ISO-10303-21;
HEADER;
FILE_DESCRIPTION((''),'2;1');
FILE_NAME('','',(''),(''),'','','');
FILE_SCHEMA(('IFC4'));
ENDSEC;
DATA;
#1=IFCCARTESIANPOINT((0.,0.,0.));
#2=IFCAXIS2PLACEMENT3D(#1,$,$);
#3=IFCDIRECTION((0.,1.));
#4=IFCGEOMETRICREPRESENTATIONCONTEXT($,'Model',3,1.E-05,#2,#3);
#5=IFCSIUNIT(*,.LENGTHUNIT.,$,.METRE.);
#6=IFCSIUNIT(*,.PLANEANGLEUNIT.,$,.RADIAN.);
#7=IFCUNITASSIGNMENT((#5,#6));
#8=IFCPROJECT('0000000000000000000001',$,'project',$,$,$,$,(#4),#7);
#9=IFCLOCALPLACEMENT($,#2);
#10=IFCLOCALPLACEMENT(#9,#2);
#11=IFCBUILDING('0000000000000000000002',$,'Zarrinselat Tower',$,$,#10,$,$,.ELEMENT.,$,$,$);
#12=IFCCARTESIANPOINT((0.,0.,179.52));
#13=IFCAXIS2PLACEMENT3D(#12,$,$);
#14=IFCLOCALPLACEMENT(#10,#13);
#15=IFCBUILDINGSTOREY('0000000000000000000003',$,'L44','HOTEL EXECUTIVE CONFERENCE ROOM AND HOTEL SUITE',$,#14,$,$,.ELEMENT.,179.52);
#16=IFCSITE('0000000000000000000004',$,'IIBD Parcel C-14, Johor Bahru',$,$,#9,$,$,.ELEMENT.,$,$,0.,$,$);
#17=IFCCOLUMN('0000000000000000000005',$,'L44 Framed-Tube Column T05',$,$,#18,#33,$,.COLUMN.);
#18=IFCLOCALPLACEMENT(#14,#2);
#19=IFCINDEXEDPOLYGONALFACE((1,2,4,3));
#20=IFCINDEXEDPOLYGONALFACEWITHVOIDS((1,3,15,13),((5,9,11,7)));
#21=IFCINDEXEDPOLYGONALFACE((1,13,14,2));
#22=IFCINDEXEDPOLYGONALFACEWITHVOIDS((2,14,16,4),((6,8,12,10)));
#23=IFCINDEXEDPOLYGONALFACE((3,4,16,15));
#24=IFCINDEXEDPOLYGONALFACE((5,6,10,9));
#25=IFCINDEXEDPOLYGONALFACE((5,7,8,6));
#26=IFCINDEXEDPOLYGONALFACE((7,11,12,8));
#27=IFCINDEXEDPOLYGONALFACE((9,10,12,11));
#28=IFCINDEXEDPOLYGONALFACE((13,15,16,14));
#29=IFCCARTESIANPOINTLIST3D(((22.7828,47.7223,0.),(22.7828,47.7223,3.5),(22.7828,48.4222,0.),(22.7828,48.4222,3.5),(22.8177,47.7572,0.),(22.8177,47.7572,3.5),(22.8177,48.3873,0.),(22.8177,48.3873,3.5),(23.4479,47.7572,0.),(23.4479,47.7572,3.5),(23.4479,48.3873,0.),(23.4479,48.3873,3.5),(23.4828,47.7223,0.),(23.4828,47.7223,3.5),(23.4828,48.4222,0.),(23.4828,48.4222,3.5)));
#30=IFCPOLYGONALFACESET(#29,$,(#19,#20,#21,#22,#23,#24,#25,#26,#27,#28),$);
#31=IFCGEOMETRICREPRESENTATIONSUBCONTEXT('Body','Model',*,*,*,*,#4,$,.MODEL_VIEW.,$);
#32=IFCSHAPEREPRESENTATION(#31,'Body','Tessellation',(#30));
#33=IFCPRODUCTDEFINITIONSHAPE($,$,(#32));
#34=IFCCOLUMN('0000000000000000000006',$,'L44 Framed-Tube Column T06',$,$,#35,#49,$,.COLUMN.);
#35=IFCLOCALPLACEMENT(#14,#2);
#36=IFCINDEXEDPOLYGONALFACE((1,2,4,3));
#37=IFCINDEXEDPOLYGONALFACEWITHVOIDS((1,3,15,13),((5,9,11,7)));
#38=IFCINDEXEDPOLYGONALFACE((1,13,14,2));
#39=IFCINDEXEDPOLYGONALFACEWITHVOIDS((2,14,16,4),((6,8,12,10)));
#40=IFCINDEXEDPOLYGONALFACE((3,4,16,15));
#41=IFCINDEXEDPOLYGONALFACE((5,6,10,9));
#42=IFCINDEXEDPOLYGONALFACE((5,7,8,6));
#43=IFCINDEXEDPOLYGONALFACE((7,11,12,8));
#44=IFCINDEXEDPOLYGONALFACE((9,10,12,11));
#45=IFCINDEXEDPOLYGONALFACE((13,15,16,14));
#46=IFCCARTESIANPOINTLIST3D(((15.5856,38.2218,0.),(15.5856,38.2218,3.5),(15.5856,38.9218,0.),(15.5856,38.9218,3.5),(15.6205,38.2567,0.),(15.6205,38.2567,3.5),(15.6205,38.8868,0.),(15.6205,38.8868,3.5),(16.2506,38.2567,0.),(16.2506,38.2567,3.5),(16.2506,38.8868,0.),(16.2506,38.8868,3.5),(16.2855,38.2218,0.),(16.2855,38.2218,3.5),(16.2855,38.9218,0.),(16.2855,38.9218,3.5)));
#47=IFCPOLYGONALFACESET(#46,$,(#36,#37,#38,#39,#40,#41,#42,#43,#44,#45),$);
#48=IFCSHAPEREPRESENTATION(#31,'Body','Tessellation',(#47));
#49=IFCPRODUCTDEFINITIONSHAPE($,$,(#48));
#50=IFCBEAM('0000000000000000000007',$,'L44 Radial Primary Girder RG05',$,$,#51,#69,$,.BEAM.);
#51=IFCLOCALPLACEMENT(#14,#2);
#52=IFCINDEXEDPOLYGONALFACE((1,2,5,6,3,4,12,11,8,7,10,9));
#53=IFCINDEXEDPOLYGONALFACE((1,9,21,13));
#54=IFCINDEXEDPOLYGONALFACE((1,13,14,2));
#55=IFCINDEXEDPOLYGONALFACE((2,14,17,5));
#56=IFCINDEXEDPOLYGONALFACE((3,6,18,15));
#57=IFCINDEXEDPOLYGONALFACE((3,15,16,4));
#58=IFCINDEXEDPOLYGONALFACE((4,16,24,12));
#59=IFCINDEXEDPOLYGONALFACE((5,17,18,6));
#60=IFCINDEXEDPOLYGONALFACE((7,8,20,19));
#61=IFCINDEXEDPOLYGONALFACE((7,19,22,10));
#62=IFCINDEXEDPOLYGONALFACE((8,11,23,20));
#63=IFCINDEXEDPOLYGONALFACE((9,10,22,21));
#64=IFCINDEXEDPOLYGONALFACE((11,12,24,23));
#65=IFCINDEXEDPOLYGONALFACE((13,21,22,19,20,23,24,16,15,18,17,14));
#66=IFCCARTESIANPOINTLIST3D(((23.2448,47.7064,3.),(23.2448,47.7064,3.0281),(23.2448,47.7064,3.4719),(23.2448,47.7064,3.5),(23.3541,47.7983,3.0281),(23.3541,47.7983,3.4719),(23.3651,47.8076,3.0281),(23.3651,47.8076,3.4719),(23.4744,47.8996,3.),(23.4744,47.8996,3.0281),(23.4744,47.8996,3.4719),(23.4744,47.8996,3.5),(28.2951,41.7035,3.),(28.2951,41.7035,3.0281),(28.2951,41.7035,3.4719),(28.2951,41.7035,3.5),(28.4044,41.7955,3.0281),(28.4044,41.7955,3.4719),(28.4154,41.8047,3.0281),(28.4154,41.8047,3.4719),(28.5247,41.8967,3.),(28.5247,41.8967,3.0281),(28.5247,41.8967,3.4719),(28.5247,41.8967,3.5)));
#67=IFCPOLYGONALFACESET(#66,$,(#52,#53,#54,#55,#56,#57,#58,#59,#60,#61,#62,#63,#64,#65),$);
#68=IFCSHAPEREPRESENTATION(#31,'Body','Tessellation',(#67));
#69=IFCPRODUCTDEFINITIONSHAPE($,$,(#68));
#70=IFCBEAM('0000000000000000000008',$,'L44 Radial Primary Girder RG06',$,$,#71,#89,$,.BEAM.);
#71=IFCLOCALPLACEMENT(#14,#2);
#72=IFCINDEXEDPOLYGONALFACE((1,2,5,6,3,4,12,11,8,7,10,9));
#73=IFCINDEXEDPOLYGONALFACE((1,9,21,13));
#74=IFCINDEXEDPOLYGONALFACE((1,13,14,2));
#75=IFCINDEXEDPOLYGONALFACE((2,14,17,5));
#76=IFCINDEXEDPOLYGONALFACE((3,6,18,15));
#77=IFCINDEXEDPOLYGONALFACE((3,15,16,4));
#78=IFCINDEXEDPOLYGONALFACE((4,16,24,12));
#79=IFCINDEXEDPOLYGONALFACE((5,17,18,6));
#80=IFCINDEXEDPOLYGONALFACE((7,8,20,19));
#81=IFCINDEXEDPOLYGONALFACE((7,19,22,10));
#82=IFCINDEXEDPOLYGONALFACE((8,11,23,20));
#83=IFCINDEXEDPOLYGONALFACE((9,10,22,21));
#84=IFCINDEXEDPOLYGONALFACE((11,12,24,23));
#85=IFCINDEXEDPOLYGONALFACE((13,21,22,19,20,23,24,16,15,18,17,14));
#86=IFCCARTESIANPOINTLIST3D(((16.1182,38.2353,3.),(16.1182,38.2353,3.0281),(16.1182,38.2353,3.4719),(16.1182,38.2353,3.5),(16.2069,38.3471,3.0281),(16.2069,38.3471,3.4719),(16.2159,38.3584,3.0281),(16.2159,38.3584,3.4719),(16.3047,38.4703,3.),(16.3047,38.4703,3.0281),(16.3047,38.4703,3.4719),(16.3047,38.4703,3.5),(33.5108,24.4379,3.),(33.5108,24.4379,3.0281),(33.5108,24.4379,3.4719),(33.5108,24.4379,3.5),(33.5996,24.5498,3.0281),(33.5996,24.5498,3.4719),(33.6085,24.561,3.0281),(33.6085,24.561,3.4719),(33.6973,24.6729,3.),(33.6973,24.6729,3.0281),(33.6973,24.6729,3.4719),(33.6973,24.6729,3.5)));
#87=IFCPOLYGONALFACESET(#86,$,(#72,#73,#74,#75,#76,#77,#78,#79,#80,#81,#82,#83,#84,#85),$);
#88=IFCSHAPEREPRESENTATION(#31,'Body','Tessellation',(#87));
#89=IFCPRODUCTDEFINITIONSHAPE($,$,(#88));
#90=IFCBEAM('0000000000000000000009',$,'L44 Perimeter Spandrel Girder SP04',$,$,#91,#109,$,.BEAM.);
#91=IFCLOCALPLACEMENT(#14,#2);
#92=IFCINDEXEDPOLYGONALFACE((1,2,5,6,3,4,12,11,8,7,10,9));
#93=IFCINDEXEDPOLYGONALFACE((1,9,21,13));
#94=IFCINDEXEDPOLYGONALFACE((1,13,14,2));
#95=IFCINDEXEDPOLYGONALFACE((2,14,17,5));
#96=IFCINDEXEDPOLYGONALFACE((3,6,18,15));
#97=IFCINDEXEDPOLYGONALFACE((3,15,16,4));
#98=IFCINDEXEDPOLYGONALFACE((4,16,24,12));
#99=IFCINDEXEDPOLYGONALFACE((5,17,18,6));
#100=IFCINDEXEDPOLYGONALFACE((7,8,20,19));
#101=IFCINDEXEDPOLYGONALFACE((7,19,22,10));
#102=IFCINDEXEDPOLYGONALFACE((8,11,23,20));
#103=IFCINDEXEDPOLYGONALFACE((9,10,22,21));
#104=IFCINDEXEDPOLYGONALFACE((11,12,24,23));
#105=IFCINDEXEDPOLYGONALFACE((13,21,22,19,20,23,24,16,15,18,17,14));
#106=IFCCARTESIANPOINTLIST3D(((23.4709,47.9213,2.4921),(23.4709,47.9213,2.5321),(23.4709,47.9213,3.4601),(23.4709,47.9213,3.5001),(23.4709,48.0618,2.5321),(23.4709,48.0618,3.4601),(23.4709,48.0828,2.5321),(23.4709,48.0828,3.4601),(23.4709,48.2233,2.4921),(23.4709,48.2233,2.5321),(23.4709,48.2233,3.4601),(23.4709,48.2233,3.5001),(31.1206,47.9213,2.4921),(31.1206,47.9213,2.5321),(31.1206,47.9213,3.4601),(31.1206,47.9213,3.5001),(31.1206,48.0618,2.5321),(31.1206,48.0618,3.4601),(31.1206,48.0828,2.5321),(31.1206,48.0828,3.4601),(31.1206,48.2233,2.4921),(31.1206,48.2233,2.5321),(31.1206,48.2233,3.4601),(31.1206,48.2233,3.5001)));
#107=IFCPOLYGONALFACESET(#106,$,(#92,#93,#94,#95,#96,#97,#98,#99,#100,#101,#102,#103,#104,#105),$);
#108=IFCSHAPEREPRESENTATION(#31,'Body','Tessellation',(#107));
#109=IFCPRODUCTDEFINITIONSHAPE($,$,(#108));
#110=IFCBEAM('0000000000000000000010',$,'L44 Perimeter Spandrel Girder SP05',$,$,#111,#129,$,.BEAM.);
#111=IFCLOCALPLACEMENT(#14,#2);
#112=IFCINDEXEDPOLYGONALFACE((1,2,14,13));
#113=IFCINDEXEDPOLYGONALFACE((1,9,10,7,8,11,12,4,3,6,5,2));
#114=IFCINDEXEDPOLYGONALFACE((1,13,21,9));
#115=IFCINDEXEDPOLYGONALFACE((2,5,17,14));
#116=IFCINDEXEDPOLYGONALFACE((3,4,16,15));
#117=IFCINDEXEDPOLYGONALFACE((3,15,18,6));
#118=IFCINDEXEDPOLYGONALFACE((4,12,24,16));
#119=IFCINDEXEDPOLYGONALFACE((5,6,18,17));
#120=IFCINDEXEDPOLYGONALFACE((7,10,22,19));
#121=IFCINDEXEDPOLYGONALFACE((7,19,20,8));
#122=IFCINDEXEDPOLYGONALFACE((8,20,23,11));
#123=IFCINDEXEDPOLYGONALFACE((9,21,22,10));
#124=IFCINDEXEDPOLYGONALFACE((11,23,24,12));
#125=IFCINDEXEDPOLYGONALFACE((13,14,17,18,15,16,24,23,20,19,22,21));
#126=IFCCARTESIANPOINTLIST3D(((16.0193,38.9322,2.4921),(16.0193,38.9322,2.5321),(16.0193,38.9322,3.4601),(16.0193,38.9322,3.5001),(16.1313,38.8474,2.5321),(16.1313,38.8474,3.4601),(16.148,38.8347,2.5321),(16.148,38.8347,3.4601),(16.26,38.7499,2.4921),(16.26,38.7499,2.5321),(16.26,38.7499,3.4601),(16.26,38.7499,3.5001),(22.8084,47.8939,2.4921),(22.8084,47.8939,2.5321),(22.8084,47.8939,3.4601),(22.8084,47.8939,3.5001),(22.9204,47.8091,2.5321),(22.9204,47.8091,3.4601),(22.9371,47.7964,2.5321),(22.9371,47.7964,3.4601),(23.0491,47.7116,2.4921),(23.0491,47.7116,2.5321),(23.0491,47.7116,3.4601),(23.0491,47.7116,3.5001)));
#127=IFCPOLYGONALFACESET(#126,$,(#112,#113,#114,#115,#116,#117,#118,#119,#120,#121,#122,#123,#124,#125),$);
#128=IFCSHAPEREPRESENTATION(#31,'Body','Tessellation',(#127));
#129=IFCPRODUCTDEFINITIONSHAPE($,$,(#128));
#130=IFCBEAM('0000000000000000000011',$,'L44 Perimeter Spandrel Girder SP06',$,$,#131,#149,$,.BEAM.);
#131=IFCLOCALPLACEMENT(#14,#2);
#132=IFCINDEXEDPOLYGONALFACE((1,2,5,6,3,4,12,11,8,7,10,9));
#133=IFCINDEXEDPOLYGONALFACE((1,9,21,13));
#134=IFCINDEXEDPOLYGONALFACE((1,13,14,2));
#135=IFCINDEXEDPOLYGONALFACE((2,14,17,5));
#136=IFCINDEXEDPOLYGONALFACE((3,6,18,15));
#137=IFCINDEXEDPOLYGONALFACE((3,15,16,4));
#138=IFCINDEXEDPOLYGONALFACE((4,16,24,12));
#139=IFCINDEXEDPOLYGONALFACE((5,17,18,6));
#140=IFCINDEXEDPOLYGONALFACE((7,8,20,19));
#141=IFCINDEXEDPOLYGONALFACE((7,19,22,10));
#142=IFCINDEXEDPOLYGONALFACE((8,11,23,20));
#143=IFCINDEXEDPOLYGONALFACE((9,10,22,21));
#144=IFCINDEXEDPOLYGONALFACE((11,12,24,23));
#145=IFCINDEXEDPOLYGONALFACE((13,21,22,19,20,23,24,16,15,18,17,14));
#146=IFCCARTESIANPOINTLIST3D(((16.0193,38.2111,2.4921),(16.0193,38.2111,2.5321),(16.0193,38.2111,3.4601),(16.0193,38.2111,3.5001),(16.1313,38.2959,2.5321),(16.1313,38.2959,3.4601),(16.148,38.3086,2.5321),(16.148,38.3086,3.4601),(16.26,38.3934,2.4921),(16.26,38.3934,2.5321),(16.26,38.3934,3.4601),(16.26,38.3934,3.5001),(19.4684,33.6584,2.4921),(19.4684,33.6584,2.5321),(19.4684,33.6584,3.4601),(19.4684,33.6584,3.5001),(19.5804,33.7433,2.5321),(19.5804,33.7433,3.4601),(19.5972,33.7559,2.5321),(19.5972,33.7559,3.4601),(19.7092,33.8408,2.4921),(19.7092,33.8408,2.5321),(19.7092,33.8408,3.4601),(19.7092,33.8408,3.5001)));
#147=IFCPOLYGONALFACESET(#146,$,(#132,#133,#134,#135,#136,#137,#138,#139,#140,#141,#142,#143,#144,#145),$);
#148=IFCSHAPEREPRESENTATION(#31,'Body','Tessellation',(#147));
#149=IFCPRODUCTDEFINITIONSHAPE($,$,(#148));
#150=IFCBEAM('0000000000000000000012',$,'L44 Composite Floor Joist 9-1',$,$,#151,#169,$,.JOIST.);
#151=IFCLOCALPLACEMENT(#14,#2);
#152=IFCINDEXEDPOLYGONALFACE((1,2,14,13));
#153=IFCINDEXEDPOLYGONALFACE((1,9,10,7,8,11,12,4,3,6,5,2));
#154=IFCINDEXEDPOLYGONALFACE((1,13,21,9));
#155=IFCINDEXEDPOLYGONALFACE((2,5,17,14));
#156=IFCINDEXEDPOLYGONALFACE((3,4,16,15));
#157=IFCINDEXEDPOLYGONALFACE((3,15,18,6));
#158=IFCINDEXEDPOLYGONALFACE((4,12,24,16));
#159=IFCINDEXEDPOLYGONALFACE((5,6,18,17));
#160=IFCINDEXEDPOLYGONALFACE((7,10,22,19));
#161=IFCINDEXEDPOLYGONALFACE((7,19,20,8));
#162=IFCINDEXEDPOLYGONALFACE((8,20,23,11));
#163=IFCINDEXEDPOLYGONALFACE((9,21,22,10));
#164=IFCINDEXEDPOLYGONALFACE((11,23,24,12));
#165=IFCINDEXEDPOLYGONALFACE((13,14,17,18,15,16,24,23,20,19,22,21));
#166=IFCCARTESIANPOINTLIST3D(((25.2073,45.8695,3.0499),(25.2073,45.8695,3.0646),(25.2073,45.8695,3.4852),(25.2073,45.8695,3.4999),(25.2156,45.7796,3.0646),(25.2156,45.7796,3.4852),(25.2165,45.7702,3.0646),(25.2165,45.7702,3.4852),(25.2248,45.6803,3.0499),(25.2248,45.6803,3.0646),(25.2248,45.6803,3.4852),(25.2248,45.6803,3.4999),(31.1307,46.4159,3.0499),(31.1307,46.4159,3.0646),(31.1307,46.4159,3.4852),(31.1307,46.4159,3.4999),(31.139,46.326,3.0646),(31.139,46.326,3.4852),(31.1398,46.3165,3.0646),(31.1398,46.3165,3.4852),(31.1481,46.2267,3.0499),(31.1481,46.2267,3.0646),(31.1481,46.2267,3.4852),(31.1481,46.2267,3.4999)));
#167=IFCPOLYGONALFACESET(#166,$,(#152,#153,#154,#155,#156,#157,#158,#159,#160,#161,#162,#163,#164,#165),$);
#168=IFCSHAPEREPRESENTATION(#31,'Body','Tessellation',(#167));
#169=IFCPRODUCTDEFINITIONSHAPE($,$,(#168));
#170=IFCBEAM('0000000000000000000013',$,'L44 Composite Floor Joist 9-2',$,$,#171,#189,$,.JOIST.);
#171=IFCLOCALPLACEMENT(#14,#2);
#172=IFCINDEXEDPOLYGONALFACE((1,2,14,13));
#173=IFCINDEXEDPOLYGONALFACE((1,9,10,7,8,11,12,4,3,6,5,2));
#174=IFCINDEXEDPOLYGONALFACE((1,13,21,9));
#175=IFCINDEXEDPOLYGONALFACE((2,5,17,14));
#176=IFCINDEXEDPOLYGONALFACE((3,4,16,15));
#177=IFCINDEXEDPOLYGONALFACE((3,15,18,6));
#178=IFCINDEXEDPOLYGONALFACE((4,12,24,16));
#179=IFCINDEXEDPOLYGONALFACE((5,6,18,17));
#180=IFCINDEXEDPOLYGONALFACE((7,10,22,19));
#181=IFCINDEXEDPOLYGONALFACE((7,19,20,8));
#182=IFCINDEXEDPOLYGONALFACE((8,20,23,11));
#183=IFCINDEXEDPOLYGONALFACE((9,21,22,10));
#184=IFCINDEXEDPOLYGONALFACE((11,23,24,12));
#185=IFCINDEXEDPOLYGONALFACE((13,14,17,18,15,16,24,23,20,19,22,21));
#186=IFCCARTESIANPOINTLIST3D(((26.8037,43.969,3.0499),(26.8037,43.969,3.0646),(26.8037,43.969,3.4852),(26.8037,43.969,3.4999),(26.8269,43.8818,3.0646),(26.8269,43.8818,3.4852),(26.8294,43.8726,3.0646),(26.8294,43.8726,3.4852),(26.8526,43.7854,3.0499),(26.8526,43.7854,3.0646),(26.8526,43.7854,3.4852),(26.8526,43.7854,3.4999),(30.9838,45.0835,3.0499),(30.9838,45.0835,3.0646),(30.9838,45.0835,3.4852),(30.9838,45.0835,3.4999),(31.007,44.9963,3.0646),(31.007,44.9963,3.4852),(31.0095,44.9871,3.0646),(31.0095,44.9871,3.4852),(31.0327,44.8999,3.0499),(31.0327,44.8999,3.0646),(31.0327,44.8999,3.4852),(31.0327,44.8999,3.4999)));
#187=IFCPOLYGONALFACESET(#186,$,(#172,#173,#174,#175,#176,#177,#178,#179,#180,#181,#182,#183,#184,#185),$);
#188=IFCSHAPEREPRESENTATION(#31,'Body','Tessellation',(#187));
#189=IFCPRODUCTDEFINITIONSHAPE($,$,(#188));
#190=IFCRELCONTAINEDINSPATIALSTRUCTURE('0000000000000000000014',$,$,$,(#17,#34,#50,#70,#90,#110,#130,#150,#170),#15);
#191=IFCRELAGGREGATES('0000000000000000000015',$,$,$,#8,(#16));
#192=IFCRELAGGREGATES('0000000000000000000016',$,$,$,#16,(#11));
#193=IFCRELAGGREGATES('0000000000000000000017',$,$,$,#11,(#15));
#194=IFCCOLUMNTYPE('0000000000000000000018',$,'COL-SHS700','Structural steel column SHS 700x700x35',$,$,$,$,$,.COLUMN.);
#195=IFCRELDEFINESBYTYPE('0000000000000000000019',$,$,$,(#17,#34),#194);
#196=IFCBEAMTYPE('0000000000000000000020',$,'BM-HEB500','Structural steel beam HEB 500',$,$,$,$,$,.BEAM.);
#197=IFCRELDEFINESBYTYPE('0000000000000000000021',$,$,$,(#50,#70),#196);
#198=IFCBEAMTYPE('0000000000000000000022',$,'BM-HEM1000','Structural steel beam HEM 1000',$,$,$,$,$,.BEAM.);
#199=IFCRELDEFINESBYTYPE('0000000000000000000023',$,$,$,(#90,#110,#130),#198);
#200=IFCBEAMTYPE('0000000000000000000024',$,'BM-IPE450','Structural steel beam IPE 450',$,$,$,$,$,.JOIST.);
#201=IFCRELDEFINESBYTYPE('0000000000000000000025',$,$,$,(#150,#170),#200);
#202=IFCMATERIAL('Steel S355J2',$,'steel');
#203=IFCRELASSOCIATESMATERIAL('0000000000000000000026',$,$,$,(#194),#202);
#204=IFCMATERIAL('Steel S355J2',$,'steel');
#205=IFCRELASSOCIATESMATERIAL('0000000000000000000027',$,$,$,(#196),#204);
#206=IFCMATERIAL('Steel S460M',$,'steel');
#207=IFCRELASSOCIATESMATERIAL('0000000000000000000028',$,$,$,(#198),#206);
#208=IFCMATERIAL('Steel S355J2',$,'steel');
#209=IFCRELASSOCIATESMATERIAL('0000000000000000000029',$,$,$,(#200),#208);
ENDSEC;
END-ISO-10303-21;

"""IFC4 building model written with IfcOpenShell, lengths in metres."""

from ifc_helpers import new_model, si_unit, direction, frame, origin, origin_2d, place, context, subcontext, project, spatial, hollow_rectangle, i_section, extrude, material, material_profile, profile_set, type_object, element, save


model = new_model("IFC4")

# Units and contexts
model_context = context("Model", 3, precision=1e-05, world=origin(), true_north=direction((0.0, 1.0)))
body_context = subcontext(model_context, "Body", "Model", "MODEL_VIEW")
ifc_project = project(units=[si_unit("LENGTHUNIT", "METRE"), si_unit("PLANEANGLEUNIT", "RADIAN")], contexts=[model_context])

# Site, building, storey
site_placement = place(None, origin())
site = spatial("IfcSite", under=ifc_project, at=site_placement, Name="IIBD Parcel C-14, Johor Bahru", CompositionType="ELEMENT", RefElevation=0.0)
building_placement = place(site_placement, origin())
building = spatial("IfcBuilding", under=site, at=building_placement, Name="Zarrinselat Tower", CompositionType="ELEMENT")
storey_placement = place(building_placement, frame((0.0, 0.0, 179.52)))
storey = spatial("IfcBuildingStorey", under=building, at=storey_placement, Name="L44", Description="HOTEL EXECUTIVE CONFERENCE ROOM AND HOTEL SUITE", CompositionType="ELEMENT", Elevation=179.52)

# Columns
ifc_material_1 = material(Name="Steel S355J2", Category="steel")
ifc_material_profile_1 = material_profile(ifc_material_1, hollow_rectangle(XDim=0.7, YDim=0.7, WallThickness=0.0349, at=origin_2d()), Name="SHS 700x700x35")
ifc_profile_set_1 = profile_set([ifc_material_profile_1], Name="Steel S355J2")
column_type = type_object("IfcColumnType", Name="COL-SHS700", Description="Structural steel column SHS 700x700x35", PredefinedType="COLUMN", material=ifc_profile_set_1)
for number, where, z_axis, x_axis, name in (
    (1, (23.1328, 48.0723, 0.0), (0.0, 0.0, 1.0), (1.0, 0.0, 0.0), "L44 Framed-Tube Column T05"),
    (2, (15.9355, 38.5718, 0.0), (0.0, 0.0, 1.0), (1.0, 0.0, 0.0), "L44 Framed-Tube Column T06"),
):
    element("IfcColumn", number, at=place(storey_placement, frame(where, z_axis=z_axis, x_axis=x_axis)), inside=storey, type_object=column_type, Name=name, PredefinedType="COLUMN", context=body_context, shape_type="SweptSolid", body=[
        extrude(hollow_rectangle(XDim=0.7, YDim=0.7, WallThickness=0.0349, at=origin_2d()), origin(), (0.0, 0.0, 1.0), 3.5),
    ])

# Beams
ifc_material_2 = material(Name="Steel S355J2", Category="steel")
ifc_material_profile_2 = material_profile(ifc_material_2, i_section(OverallWidth=0.3, OverallDepth=0.5, WebThickness=0.0144, FlangeThickness=0.0281, at=origin_2d()), Name="HEB 500")
ifc_profile_set_2 = profile_set([ifc_material_profile_2], Name="Steel S355J2")
beam_type_1 = type_object("IfcBeamType", Name="BM-HEB500", Description="Structural steel beam HEB 500", PredefinedType="BEAM", material=ifc_profile_set_2)
beam_1_placement = place(storey_placement, frame((23.3596, 47.803, 3.25), z_axis=(0.643777, -0.765213, 0.0), x_axis=(0.765213, 0.643777, 0.0)))
element("IfcBeam", 3, at=beam_1_placement, inside=storey, type_object=beam_type_1, Name="L44 Radial Primary Girder RG05", PredefinedType="BEAM", context=body_context, shape_type="SweptSolid", body=[
    extrude(i_section(OverallWidth=0.3, OverallDepth=0.5, WebThickness=0.0144, FlangeThickness=0.0281, at=origin_2d()), origin(), (0.0, 0.0, 1.0), 7.8447),
])
beam_2_placement = place(storey_placement, frame((16.2114, 38.3528, 3.25), z_axis=(0.783426, -0.621485, 0.0), x_axis=(0.621485, 0.783426, 0.0)))
element("IfcBeam", 4, at=beam_2_placement, inside=storey, type_object=beam_type_1, Name="L44 Radial Primary Girder RG06", PredefinedType="BEAM", context=body_context, shape_type="SweptSolid", body=[
    extrude(i_section(OverallWidth=0.3, OverallDepth=0.5, WebThickness=0.0144, FlangeThickness=0.0281, at=origin_2d()), origin(), (0.0, 0.0, 1.0), 22.2007),
])
ifc_material_3 = material(Name="Steel S460M", Category="steel")
ifc_material_profile_3 = material_profile(ifc_material_3, i_section(OverallWidth=0.302, OverallDepth=1.0081, WebThickness=0.021, FlangeThickness=0.04, at=origin_2d()), Name="HEM 1000")
ifc_profile_set_3 = profile_set([ifc_material_profile_3], Name="Steel S460M")
beam_type_2 = type_object("IfcBeamType", Name="BM-HEM1000", Description="Structural steel beam HEM 1000", PredefinedType="BEAM", material=ifc_profile_set_3)
beam_3_placement = place(storey_placement, frame((23.4709, 48.0723, 2.9961), z_axis=(1.0, 0.0, 0.0), x_axis=(0.0, 1.0, 0.0)))
element("IfcBeam", 5, at=beam_3_placement, inside=storey, type_object=beam_type_2, Name="L44 Perimeter Spandrel Girder SP04", PredefinedType="BEAM", context=body_context, shape_type="SweptSolid", body=[
    extrude(i_section(OverallWidth=0.302, OverallDepth=1.0081, WebThickness=0.021, FlangeThickness=0.04, at=origin_2d()), origin(), (0.0, 0.0, 1.0), 7.6497),
])
beam_4_placement = place(storey_placement, frame((16.1396, 38.8411, 2.9961), z_axis=(0.603853, 0.797096, 0.0), x_axis=(-0.797096, 0.603853, 0.0)))
element("IfcBeam", 6, at=beam_4_placement, inside=storey, type_object=beam_type_2, Name="L44 Perimeter Spandrel Girder SP05", PredefinedType="BEAM", context=body_context, shape_type="SweptSolid", body=[
    extrude(i_section(OverallWidth=0.302, OverallDepth=1.0081, WebThickness=0.021, FlangeThickness=0.04, at=origin_2d()), origin(), (0.0, 0.0, 1.0), 11.2429),
])
beam_5_placement = place(storey_placement, frame((16.1396, 38.3022, 2.9961), z_axis=(0.603877, -0.797077, 0.0), x_axis=(0.797077, 0.603877, 0.0)))
element("IfcBeam", 7, at=beam_5_placement, inside=storey, type_object=beam_type_2, Name="L44 Perimeter Spandrel Girder SP06", PredefinedType="BEAM", context=body_context, shape_type="SweptSolid", body=[
    extrude(i_section(OverallWidth=0.302, OverallDepth=1.0081, WebThickness=0.021, FlangeThickness=0.04, at=origin_2d()), origin(), (0.0, 0.0, 1.0), 5.7117),
])
ifc_material_4 = material(Name="Steel S355J2", Category="steel")
ifc_material_profile_4 = material_profile(ifc_material_4, i_section(OverallWidth=0.1899, OverallDepth=0.45, WebThickness=0.0095, FlangeThickness=0.0146, at=origin_2d()), Name="IPE 450")
ifc_profile_set_4 = profile_set([ifc_material_profile_4], Name="Steel S355J2")
beam_type_3 = type_object("IfcBeamType", Name="BM-IPE450", Description="Structural steel beam IPE 450", PredefinedType="JOIST", material=ifc_profile_set_4)
beam_6_placement = place(storey_placement, frame((25.2161, 45.7749, 3.2749), z_axis=(0.995773, 0.091853, 0.0), x_axis=(-0.091853, 0.995773, 0.0)))
element("IfcBeam", 8, at=beam_6_placement, inside=storey, type_object=beam_type_3, Name="L44 Composite Floor Joist 9-1", PredefinedType="JOIST", context=body_context, shape_type="SweptSolid", body=[
    extrude(i_section(OverallWidth=0.1899, OverallDepth=0.45, WebThickness=0.0095, FlangeThickness=0.0146, at=origin_2d()), origin(), (0.0, 0.0, 1.0), 5.9485),
])
beam_7_placement = place(storey_placement, frame((26.8281, 43.8772, 3.2749), z_axis=(0.966247, 0.257617, 0.0), x_axis=(-0.257617, 0.966247, 0.0)))
element("IfcBeam", 9, at=beam_7_placement, inside=storey, type_object=beam_type_3, Name="L44 Composite Floor Joist 9-2", PredefinedType="JOIST", context=body_context, shape_type="SweptSolid", body=[
    extrude(i_section(OverallWidth=0.1899, OverallDepth=0.45, WebThickness=0.0095, FlangeThickness=0.0146, at=origin_2d()), origin(), (0.0, 0.0, 1.0), 4.3262),
])

save(model, "model.ifc")
